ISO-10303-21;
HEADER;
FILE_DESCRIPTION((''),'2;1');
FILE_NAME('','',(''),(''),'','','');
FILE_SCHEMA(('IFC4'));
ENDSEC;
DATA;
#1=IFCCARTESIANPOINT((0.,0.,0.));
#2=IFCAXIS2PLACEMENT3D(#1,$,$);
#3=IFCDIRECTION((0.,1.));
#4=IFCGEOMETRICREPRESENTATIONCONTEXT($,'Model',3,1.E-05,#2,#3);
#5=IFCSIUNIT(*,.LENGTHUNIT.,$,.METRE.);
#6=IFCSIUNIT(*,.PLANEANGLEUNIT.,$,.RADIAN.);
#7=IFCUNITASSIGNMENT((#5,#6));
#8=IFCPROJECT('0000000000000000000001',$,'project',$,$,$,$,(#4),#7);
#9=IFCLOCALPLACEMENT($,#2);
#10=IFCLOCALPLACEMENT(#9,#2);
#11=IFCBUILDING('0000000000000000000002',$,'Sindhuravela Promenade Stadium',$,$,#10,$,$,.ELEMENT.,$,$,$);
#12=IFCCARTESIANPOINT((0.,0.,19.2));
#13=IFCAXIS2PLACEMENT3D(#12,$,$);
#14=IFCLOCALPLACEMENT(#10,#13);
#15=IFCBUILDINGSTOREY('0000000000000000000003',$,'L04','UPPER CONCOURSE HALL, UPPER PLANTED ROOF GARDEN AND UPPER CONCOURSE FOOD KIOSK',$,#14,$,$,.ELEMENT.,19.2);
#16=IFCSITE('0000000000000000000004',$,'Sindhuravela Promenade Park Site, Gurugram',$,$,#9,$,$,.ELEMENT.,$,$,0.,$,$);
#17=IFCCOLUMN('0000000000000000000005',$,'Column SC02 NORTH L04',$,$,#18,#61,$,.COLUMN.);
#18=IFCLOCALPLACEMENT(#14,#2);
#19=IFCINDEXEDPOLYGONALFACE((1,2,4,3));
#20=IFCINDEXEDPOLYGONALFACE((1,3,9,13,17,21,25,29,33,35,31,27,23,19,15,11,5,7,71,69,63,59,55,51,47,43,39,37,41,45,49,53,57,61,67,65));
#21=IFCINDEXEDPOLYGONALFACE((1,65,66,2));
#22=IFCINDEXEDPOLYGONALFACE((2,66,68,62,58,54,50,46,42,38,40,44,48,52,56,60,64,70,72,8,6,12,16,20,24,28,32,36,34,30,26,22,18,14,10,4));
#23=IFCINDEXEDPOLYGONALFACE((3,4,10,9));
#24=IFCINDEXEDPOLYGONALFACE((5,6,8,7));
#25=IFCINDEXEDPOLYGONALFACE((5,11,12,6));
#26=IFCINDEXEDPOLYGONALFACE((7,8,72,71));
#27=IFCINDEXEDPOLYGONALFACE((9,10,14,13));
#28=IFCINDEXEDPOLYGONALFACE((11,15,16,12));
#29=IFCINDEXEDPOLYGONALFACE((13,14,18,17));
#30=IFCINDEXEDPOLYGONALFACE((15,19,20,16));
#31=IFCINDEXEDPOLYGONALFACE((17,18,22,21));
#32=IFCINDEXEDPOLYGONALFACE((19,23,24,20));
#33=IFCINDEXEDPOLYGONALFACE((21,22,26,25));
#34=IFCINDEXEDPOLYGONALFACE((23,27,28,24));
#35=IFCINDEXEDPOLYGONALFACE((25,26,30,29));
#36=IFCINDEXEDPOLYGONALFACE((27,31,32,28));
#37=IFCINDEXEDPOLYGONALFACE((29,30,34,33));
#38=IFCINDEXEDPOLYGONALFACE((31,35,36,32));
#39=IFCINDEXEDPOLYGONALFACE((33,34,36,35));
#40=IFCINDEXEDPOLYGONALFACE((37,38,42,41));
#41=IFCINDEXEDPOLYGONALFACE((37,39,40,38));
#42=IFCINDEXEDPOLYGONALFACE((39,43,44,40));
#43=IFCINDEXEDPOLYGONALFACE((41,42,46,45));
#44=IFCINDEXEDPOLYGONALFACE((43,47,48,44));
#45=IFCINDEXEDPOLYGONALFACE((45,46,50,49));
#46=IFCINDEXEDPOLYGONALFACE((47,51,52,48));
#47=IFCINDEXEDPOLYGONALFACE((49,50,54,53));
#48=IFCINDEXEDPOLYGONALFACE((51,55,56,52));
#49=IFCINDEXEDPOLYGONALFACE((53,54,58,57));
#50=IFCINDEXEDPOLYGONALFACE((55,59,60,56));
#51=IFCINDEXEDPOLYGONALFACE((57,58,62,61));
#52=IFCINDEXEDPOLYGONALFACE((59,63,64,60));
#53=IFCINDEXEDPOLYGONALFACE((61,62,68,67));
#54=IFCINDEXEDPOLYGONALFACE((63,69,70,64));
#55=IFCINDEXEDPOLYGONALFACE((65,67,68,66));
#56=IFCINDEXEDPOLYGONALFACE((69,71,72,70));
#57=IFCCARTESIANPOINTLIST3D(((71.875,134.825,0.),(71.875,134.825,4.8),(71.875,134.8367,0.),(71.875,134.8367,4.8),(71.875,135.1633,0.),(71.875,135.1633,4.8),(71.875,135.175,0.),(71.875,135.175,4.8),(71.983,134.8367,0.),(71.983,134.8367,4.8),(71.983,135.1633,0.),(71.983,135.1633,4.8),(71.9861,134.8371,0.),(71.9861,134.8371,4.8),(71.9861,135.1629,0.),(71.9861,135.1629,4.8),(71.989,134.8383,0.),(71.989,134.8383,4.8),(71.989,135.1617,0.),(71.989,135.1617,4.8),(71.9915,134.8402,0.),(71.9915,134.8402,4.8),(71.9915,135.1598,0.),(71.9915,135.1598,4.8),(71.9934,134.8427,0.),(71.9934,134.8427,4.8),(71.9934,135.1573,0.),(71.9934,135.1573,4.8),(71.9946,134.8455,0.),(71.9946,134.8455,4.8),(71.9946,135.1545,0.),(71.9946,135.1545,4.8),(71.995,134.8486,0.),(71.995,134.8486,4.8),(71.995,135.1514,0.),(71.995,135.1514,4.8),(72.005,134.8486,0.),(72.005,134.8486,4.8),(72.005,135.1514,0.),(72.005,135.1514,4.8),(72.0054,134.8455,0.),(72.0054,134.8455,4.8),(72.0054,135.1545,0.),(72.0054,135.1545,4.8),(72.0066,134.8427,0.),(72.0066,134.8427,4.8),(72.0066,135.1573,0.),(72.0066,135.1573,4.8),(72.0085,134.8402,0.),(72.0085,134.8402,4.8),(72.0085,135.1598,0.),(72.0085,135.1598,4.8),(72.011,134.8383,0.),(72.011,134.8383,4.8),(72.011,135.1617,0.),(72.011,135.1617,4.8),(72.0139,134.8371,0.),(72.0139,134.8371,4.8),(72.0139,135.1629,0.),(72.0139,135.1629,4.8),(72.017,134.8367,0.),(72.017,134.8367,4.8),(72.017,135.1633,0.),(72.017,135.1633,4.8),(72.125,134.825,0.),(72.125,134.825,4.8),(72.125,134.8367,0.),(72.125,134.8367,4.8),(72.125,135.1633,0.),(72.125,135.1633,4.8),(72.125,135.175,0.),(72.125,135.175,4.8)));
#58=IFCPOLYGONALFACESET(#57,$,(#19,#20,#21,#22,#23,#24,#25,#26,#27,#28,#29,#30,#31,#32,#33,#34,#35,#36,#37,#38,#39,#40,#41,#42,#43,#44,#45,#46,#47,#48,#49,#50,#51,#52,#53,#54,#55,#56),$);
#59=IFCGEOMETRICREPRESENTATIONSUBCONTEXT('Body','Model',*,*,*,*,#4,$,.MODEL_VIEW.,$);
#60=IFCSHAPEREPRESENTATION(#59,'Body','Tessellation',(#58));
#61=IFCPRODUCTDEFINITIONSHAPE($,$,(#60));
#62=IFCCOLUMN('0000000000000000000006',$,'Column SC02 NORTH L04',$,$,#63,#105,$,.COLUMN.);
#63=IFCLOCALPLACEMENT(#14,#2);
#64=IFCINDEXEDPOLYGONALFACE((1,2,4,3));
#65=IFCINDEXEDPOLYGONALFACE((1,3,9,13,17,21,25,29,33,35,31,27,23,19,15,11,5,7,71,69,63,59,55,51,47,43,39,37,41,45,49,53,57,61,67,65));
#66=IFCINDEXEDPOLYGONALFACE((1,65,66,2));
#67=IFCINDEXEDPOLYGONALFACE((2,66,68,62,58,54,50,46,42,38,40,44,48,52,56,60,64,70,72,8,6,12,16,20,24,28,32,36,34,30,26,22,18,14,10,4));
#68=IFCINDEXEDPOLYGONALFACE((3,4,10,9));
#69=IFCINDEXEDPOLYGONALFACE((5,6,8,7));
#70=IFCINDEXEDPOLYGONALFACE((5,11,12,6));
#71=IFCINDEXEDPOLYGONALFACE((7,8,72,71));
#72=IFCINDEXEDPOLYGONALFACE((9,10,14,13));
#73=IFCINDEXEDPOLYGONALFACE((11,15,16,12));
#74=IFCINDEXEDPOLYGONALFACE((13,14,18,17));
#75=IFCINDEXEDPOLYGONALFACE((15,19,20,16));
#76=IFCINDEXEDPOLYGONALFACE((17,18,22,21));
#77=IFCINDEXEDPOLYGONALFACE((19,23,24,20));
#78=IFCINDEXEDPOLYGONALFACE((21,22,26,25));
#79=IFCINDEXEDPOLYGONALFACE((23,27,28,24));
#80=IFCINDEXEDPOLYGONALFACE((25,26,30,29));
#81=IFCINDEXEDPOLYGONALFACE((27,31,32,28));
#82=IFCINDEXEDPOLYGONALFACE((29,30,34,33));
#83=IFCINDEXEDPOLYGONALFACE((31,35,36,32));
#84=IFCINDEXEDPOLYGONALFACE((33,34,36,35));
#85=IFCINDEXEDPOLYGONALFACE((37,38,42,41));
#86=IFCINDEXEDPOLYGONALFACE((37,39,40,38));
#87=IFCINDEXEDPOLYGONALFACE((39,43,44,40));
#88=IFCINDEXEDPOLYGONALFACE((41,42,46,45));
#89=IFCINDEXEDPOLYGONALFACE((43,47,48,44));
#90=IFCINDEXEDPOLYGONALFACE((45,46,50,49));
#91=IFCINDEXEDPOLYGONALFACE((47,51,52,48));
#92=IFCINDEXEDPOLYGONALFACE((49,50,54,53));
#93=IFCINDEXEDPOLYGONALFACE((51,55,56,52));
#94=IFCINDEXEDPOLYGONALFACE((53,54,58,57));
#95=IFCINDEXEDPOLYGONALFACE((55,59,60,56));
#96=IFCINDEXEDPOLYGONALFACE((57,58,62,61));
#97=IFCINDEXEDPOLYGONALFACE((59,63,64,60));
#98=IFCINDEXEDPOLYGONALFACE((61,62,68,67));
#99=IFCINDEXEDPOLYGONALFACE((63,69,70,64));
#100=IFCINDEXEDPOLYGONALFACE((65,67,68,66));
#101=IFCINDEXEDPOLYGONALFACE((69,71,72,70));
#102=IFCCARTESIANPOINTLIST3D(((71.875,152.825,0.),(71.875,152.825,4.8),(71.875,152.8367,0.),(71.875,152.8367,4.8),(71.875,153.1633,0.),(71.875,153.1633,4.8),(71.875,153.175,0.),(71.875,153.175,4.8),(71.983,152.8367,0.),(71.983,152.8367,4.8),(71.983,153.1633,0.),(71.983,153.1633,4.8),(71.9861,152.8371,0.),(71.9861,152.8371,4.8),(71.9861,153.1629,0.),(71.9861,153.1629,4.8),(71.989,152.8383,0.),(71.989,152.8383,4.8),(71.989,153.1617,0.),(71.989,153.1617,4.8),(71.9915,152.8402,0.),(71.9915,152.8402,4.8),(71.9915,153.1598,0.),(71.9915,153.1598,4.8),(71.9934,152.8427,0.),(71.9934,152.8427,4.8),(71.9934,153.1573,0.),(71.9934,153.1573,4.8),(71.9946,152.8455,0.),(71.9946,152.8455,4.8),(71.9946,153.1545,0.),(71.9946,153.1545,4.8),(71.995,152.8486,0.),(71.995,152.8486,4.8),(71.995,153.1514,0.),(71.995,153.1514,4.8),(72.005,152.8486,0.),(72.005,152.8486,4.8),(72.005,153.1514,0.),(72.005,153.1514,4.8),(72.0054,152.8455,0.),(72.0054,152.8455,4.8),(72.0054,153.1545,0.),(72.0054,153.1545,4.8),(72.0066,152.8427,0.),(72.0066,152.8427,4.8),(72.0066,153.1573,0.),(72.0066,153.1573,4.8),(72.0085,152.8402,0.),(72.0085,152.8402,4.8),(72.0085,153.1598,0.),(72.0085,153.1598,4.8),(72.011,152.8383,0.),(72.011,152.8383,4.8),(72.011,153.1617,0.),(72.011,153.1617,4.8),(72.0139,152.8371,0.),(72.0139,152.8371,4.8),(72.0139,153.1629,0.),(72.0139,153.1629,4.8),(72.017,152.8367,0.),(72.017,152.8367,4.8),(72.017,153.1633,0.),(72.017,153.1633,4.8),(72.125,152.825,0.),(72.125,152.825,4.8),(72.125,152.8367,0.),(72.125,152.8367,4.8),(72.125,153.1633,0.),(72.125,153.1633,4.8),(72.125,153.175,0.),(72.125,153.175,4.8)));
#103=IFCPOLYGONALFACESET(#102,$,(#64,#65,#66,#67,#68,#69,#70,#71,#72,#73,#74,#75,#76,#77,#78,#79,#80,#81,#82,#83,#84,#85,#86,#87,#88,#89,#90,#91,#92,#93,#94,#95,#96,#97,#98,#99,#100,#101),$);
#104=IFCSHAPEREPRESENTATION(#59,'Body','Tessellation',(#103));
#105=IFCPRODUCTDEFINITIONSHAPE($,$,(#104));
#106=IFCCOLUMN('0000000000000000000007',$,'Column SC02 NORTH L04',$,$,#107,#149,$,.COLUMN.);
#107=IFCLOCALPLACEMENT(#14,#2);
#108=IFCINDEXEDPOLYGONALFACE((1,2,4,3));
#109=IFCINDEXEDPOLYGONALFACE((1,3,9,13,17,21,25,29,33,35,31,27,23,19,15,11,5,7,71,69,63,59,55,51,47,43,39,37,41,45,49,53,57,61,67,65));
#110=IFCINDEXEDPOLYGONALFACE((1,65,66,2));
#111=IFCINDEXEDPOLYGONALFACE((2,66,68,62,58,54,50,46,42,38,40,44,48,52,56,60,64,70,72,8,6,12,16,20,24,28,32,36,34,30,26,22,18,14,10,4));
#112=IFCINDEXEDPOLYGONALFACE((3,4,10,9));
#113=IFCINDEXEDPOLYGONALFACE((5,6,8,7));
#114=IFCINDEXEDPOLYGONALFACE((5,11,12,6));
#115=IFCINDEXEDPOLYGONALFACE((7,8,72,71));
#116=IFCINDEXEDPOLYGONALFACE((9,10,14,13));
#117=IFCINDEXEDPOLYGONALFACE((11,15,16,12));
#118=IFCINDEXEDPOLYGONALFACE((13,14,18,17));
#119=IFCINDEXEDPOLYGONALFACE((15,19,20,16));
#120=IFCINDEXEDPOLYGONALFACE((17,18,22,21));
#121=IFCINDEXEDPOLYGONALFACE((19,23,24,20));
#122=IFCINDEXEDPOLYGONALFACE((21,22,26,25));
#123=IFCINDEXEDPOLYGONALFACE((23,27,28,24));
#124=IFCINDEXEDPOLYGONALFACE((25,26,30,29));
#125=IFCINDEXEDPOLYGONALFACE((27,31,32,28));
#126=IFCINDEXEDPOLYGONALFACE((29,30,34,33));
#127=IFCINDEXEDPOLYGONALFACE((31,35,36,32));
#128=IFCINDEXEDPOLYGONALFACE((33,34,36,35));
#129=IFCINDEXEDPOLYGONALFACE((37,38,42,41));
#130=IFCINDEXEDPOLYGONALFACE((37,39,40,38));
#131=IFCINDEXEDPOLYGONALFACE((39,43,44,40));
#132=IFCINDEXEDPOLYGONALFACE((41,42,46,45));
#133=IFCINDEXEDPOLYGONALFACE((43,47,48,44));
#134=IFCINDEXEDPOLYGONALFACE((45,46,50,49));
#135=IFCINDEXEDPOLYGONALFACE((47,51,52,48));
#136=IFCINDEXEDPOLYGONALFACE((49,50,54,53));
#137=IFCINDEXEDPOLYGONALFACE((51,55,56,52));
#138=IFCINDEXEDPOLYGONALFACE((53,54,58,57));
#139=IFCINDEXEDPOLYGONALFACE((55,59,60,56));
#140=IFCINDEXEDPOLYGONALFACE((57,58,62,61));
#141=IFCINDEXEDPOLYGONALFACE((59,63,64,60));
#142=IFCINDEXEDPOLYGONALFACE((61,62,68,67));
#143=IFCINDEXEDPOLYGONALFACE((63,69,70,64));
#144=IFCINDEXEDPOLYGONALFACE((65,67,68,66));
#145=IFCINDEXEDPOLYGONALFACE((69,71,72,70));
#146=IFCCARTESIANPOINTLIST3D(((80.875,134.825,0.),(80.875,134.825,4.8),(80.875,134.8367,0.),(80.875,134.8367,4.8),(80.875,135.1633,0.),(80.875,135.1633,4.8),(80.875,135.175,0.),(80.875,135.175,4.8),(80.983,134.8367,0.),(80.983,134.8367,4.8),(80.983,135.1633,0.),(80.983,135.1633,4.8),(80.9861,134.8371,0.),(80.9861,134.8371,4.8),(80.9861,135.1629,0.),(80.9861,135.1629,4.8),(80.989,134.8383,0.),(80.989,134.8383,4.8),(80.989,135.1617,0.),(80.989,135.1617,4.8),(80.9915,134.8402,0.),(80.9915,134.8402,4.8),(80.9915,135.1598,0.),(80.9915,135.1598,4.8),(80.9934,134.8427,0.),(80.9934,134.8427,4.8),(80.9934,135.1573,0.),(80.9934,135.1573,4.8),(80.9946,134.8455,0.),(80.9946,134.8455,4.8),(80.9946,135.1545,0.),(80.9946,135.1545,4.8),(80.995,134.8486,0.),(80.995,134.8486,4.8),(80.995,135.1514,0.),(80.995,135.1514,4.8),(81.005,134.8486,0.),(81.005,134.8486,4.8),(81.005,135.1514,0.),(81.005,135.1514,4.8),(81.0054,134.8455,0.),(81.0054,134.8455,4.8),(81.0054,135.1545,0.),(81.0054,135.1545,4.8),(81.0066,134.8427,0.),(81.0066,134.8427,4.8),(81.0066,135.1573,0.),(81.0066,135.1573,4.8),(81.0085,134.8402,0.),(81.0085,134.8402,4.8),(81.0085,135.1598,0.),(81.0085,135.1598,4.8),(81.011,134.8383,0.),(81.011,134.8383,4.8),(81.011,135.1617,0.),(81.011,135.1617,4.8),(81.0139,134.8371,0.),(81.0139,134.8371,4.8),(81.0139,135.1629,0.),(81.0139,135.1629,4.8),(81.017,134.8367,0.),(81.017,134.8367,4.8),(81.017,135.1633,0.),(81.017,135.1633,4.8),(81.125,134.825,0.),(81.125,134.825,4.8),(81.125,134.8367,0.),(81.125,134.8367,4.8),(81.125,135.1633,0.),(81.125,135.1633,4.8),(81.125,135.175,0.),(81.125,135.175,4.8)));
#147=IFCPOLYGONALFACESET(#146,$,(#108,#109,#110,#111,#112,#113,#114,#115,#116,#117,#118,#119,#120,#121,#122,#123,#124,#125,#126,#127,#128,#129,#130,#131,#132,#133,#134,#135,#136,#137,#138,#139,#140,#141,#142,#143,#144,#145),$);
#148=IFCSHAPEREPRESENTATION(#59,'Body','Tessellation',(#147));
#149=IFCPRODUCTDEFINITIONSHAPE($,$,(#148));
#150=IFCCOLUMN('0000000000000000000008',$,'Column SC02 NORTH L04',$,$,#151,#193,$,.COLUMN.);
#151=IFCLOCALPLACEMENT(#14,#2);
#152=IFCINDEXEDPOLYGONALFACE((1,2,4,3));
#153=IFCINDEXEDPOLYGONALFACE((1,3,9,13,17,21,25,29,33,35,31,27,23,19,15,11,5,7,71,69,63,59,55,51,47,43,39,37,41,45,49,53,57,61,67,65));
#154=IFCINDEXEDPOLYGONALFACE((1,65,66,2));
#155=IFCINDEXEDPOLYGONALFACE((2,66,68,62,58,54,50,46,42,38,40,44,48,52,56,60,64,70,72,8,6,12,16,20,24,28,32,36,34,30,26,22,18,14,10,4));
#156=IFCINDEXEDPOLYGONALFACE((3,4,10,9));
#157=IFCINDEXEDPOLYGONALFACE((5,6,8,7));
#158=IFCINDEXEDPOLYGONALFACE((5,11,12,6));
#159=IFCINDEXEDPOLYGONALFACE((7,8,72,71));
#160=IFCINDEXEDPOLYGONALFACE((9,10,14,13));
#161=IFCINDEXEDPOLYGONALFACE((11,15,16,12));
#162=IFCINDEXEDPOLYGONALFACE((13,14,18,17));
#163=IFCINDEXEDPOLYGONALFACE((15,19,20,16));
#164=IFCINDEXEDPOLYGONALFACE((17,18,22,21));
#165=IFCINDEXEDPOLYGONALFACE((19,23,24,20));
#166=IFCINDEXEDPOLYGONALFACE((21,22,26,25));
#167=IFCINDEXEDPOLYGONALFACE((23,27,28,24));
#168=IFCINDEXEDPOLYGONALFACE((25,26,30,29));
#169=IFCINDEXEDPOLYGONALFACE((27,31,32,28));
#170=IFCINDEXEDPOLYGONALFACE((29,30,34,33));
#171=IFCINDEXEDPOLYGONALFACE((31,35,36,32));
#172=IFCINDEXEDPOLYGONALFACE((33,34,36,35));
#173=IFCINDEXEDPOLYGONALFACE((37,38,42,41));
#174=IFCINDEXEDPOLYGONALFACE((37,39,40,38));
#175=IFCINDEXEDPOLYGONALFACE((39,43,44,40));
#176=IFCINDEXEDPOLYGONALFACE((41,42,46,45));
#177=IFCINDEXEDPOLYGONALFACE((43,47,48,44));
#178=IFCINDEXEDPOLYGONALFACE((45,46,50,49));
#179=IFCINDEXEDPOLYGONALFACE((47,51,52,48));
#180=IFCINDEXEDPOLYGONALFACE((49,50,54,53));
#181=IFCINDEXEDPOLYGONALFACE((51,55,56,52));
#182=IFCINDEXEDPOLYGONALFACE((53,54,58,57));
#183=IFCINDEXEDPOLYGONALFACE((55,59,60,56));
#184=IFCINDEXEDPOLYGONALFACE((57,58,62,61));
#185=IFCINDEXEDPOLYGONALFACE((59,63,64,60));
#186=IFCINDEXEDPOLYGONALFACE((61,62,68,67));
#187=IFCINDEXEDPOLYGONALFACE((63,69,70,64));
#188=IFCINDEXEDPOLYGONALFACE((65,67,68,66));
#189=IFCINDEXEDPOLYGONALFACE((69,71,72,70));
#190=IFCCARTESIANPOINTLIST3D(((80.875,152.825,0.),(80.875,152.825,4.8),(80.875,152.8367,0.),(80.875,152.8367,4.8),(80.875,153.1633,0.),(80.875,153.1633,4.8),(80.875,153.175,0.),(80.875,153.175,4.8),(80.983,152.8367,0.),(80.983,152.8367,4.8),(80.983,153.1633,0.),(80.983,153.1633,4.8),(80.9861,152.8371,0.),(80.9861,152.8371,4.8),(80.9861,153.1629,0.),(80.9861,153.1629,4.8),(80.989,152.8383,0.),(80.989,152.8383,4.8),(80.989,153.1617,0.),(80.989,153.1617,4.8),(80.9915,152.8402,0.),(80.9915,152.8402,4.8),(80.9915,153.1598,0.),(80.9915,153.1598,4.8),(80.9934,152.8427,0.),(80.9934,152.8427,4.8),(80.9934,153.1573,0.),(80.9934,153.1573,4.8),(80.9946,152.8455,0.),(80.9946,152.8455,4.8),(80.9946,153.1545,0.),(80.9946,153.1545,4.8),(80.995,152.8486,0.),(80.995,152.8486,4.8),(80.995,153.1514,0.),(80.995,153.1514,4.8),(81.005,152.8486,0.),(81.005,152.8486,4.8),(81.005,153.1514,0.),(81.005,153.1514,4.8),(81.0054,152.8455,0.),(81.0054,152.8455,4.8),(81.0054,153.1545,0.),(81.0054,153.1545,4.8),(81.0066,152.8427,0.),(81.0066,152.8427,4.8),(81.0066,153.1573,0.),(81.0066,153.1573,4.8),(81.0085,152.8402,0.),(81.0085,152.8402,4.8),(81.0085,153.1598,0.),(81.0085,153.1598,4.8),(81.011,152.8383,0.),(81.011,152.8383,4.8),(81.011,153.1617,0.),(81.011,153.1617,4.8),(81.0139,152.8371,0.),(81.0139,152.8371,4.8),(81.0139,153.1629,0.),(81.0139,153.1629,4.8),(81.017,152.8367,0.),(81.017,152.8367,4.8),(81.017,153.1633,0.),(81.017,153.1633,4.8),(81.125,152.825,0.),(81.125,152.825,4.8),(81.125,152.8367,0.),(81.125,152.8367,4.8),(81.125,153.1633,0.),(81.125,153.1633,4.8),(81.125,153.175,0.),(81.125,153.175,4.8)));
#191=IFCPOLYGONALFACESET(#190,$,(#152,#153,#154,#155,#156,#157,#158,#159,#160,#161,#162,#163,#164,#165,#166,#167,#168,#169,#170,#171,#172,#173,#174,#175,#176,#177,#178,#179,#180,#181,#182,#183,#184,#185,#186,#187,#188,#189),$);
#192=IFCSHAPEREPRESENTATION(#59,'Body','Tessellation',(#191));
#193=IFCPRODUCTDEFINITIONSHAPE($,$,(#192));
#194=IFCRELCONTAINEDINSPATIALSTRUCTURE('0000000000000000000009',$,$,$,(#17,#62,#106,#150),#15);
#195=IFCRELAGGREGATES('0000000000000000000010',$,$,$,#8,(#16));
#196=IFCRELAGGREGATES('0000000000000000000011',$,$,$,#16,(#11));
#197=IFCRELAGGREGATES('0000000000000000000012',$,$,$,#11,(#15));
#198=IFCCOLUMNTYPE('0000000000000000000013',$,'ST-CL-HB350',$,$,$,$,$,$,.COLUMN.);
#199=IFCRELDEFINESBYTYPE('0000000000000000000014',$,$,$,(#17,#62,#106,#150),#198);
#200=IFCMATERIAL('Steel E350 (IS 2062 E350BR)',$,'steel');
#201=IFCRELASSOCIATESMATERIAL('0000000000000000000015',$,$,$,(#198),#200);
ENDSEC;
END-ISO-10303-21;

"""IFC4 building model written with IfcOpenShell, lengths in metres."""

from ifc_helpers import new_model, si_unit, direction, frame, origin, origin_2d, place, context, subcontext, project, spatial, i_section, extrude, material, material_profile, profile_set, type_object, element, save


model = new_model("IFC4")

# Units and contexts
model_context = context("Model", 3, precision=1e-05, world=origin(), true_north=direction((0.0, 1.0)))
body_context = subcontext(model_context, "Body", "Model", "MODEL_VIEW")
ifc_project = project(units=[si_unit("LENGTHUNIT", "METRE"), si_unit("PLANEANGLEUNIT", "RADIAN")], contexts=[model_context])

# Site, building, storey
site_placement = place(None, origin())
site = spatial("IfcSite", under=ifc_project, at=site_placement, Name="Sindhuravela Promenade Park Site, Gurugram", CompositionType="ELEMENT", RefElevation=0.0)
building_placement = place(site_placement, origin())
building = spatial("IfcBuilding", under=site, at=building_placement, Name="Sindhuravela Promenade Stadium", CompositionType="ELEMENT")
storey_placement = place(building_placement, frame((0.0, 0.0, 19.2)))
storey = spatial("IfcBuildingStorey", under=building, at=storey_placement, Name="L04", Description="UPPER CONCOURSE HALL, UPPER PLANTED ROOF GARDEN AND UPPER CONCOURSE FOOD KIOSK", CompositionType="ELEMENT", Elevation=19.2)

# Columns
ifc_material_1 = material(Name="Steel E350 (IS 2062 E350BR)", Category="steel")
ifc_material_profile_1 = material_profile(ifc_material_1, i_section(OverallWidth=0.25, OverallDepth=0.3501, WebThickness=0.01, FlangeThickness=0.0117, FilletRadius=0.012, at=origin_2d()), Name="ISHB 350")
ifc_profile_set_1 = profile_set([ifc_material_profile_1], Name="Steel E350 (IS 2062 E350BR)")
column_type_1 = type_object("IfcColumnType", Name="ST-CL-HB350", PredefinedType="COLUMN", material=ifc_profile_set_1)
for number, where, z_axis, x_axis, name in (
    (1, (72.0, 135.0, 0.0), (0.0, 0.0, 1.0), (1.0, 0.0, 0.0), "Column SC02 NORTH L04"),
    (2, (72.0, 153.0, 0.0), (0.0, 0.0, 1.0), (1.0, 0.0, 0.0), "Column SC02 NORTH L04"),
    (3, (81.0, 135.0, 0.0), (0.0, 0.0, 1.0), (1.0, 0.0, 0.0), "Column SC02 NORTH L04"),
    (4, (81.0, 153.0, 0.0), (0.0, 0.0, 1.0), (1.0, 0.0, 0.0), "Column SC02 NORTH L04"),
):
    element("IfcColumn", number, at=place(storey_placement, frame(where, z_axis=z_axis, x_axis=x_axis)), inside=storey, type_object=column_type_1, Name=name, PredefinedType="COLUMN", context=body_context, shape_type="SweptSolid", body=[
        extrude(i_section(OverallWidth=0.25, OverallDepth=0.3501, WebThickness=0.01, FlangeThickness=0.0117, FilletRadius=0.012, at=origin_2d()), origin(), (0.0, 0.0, 1.0), 4.8),
    ])

save(model, "model.ifc")
